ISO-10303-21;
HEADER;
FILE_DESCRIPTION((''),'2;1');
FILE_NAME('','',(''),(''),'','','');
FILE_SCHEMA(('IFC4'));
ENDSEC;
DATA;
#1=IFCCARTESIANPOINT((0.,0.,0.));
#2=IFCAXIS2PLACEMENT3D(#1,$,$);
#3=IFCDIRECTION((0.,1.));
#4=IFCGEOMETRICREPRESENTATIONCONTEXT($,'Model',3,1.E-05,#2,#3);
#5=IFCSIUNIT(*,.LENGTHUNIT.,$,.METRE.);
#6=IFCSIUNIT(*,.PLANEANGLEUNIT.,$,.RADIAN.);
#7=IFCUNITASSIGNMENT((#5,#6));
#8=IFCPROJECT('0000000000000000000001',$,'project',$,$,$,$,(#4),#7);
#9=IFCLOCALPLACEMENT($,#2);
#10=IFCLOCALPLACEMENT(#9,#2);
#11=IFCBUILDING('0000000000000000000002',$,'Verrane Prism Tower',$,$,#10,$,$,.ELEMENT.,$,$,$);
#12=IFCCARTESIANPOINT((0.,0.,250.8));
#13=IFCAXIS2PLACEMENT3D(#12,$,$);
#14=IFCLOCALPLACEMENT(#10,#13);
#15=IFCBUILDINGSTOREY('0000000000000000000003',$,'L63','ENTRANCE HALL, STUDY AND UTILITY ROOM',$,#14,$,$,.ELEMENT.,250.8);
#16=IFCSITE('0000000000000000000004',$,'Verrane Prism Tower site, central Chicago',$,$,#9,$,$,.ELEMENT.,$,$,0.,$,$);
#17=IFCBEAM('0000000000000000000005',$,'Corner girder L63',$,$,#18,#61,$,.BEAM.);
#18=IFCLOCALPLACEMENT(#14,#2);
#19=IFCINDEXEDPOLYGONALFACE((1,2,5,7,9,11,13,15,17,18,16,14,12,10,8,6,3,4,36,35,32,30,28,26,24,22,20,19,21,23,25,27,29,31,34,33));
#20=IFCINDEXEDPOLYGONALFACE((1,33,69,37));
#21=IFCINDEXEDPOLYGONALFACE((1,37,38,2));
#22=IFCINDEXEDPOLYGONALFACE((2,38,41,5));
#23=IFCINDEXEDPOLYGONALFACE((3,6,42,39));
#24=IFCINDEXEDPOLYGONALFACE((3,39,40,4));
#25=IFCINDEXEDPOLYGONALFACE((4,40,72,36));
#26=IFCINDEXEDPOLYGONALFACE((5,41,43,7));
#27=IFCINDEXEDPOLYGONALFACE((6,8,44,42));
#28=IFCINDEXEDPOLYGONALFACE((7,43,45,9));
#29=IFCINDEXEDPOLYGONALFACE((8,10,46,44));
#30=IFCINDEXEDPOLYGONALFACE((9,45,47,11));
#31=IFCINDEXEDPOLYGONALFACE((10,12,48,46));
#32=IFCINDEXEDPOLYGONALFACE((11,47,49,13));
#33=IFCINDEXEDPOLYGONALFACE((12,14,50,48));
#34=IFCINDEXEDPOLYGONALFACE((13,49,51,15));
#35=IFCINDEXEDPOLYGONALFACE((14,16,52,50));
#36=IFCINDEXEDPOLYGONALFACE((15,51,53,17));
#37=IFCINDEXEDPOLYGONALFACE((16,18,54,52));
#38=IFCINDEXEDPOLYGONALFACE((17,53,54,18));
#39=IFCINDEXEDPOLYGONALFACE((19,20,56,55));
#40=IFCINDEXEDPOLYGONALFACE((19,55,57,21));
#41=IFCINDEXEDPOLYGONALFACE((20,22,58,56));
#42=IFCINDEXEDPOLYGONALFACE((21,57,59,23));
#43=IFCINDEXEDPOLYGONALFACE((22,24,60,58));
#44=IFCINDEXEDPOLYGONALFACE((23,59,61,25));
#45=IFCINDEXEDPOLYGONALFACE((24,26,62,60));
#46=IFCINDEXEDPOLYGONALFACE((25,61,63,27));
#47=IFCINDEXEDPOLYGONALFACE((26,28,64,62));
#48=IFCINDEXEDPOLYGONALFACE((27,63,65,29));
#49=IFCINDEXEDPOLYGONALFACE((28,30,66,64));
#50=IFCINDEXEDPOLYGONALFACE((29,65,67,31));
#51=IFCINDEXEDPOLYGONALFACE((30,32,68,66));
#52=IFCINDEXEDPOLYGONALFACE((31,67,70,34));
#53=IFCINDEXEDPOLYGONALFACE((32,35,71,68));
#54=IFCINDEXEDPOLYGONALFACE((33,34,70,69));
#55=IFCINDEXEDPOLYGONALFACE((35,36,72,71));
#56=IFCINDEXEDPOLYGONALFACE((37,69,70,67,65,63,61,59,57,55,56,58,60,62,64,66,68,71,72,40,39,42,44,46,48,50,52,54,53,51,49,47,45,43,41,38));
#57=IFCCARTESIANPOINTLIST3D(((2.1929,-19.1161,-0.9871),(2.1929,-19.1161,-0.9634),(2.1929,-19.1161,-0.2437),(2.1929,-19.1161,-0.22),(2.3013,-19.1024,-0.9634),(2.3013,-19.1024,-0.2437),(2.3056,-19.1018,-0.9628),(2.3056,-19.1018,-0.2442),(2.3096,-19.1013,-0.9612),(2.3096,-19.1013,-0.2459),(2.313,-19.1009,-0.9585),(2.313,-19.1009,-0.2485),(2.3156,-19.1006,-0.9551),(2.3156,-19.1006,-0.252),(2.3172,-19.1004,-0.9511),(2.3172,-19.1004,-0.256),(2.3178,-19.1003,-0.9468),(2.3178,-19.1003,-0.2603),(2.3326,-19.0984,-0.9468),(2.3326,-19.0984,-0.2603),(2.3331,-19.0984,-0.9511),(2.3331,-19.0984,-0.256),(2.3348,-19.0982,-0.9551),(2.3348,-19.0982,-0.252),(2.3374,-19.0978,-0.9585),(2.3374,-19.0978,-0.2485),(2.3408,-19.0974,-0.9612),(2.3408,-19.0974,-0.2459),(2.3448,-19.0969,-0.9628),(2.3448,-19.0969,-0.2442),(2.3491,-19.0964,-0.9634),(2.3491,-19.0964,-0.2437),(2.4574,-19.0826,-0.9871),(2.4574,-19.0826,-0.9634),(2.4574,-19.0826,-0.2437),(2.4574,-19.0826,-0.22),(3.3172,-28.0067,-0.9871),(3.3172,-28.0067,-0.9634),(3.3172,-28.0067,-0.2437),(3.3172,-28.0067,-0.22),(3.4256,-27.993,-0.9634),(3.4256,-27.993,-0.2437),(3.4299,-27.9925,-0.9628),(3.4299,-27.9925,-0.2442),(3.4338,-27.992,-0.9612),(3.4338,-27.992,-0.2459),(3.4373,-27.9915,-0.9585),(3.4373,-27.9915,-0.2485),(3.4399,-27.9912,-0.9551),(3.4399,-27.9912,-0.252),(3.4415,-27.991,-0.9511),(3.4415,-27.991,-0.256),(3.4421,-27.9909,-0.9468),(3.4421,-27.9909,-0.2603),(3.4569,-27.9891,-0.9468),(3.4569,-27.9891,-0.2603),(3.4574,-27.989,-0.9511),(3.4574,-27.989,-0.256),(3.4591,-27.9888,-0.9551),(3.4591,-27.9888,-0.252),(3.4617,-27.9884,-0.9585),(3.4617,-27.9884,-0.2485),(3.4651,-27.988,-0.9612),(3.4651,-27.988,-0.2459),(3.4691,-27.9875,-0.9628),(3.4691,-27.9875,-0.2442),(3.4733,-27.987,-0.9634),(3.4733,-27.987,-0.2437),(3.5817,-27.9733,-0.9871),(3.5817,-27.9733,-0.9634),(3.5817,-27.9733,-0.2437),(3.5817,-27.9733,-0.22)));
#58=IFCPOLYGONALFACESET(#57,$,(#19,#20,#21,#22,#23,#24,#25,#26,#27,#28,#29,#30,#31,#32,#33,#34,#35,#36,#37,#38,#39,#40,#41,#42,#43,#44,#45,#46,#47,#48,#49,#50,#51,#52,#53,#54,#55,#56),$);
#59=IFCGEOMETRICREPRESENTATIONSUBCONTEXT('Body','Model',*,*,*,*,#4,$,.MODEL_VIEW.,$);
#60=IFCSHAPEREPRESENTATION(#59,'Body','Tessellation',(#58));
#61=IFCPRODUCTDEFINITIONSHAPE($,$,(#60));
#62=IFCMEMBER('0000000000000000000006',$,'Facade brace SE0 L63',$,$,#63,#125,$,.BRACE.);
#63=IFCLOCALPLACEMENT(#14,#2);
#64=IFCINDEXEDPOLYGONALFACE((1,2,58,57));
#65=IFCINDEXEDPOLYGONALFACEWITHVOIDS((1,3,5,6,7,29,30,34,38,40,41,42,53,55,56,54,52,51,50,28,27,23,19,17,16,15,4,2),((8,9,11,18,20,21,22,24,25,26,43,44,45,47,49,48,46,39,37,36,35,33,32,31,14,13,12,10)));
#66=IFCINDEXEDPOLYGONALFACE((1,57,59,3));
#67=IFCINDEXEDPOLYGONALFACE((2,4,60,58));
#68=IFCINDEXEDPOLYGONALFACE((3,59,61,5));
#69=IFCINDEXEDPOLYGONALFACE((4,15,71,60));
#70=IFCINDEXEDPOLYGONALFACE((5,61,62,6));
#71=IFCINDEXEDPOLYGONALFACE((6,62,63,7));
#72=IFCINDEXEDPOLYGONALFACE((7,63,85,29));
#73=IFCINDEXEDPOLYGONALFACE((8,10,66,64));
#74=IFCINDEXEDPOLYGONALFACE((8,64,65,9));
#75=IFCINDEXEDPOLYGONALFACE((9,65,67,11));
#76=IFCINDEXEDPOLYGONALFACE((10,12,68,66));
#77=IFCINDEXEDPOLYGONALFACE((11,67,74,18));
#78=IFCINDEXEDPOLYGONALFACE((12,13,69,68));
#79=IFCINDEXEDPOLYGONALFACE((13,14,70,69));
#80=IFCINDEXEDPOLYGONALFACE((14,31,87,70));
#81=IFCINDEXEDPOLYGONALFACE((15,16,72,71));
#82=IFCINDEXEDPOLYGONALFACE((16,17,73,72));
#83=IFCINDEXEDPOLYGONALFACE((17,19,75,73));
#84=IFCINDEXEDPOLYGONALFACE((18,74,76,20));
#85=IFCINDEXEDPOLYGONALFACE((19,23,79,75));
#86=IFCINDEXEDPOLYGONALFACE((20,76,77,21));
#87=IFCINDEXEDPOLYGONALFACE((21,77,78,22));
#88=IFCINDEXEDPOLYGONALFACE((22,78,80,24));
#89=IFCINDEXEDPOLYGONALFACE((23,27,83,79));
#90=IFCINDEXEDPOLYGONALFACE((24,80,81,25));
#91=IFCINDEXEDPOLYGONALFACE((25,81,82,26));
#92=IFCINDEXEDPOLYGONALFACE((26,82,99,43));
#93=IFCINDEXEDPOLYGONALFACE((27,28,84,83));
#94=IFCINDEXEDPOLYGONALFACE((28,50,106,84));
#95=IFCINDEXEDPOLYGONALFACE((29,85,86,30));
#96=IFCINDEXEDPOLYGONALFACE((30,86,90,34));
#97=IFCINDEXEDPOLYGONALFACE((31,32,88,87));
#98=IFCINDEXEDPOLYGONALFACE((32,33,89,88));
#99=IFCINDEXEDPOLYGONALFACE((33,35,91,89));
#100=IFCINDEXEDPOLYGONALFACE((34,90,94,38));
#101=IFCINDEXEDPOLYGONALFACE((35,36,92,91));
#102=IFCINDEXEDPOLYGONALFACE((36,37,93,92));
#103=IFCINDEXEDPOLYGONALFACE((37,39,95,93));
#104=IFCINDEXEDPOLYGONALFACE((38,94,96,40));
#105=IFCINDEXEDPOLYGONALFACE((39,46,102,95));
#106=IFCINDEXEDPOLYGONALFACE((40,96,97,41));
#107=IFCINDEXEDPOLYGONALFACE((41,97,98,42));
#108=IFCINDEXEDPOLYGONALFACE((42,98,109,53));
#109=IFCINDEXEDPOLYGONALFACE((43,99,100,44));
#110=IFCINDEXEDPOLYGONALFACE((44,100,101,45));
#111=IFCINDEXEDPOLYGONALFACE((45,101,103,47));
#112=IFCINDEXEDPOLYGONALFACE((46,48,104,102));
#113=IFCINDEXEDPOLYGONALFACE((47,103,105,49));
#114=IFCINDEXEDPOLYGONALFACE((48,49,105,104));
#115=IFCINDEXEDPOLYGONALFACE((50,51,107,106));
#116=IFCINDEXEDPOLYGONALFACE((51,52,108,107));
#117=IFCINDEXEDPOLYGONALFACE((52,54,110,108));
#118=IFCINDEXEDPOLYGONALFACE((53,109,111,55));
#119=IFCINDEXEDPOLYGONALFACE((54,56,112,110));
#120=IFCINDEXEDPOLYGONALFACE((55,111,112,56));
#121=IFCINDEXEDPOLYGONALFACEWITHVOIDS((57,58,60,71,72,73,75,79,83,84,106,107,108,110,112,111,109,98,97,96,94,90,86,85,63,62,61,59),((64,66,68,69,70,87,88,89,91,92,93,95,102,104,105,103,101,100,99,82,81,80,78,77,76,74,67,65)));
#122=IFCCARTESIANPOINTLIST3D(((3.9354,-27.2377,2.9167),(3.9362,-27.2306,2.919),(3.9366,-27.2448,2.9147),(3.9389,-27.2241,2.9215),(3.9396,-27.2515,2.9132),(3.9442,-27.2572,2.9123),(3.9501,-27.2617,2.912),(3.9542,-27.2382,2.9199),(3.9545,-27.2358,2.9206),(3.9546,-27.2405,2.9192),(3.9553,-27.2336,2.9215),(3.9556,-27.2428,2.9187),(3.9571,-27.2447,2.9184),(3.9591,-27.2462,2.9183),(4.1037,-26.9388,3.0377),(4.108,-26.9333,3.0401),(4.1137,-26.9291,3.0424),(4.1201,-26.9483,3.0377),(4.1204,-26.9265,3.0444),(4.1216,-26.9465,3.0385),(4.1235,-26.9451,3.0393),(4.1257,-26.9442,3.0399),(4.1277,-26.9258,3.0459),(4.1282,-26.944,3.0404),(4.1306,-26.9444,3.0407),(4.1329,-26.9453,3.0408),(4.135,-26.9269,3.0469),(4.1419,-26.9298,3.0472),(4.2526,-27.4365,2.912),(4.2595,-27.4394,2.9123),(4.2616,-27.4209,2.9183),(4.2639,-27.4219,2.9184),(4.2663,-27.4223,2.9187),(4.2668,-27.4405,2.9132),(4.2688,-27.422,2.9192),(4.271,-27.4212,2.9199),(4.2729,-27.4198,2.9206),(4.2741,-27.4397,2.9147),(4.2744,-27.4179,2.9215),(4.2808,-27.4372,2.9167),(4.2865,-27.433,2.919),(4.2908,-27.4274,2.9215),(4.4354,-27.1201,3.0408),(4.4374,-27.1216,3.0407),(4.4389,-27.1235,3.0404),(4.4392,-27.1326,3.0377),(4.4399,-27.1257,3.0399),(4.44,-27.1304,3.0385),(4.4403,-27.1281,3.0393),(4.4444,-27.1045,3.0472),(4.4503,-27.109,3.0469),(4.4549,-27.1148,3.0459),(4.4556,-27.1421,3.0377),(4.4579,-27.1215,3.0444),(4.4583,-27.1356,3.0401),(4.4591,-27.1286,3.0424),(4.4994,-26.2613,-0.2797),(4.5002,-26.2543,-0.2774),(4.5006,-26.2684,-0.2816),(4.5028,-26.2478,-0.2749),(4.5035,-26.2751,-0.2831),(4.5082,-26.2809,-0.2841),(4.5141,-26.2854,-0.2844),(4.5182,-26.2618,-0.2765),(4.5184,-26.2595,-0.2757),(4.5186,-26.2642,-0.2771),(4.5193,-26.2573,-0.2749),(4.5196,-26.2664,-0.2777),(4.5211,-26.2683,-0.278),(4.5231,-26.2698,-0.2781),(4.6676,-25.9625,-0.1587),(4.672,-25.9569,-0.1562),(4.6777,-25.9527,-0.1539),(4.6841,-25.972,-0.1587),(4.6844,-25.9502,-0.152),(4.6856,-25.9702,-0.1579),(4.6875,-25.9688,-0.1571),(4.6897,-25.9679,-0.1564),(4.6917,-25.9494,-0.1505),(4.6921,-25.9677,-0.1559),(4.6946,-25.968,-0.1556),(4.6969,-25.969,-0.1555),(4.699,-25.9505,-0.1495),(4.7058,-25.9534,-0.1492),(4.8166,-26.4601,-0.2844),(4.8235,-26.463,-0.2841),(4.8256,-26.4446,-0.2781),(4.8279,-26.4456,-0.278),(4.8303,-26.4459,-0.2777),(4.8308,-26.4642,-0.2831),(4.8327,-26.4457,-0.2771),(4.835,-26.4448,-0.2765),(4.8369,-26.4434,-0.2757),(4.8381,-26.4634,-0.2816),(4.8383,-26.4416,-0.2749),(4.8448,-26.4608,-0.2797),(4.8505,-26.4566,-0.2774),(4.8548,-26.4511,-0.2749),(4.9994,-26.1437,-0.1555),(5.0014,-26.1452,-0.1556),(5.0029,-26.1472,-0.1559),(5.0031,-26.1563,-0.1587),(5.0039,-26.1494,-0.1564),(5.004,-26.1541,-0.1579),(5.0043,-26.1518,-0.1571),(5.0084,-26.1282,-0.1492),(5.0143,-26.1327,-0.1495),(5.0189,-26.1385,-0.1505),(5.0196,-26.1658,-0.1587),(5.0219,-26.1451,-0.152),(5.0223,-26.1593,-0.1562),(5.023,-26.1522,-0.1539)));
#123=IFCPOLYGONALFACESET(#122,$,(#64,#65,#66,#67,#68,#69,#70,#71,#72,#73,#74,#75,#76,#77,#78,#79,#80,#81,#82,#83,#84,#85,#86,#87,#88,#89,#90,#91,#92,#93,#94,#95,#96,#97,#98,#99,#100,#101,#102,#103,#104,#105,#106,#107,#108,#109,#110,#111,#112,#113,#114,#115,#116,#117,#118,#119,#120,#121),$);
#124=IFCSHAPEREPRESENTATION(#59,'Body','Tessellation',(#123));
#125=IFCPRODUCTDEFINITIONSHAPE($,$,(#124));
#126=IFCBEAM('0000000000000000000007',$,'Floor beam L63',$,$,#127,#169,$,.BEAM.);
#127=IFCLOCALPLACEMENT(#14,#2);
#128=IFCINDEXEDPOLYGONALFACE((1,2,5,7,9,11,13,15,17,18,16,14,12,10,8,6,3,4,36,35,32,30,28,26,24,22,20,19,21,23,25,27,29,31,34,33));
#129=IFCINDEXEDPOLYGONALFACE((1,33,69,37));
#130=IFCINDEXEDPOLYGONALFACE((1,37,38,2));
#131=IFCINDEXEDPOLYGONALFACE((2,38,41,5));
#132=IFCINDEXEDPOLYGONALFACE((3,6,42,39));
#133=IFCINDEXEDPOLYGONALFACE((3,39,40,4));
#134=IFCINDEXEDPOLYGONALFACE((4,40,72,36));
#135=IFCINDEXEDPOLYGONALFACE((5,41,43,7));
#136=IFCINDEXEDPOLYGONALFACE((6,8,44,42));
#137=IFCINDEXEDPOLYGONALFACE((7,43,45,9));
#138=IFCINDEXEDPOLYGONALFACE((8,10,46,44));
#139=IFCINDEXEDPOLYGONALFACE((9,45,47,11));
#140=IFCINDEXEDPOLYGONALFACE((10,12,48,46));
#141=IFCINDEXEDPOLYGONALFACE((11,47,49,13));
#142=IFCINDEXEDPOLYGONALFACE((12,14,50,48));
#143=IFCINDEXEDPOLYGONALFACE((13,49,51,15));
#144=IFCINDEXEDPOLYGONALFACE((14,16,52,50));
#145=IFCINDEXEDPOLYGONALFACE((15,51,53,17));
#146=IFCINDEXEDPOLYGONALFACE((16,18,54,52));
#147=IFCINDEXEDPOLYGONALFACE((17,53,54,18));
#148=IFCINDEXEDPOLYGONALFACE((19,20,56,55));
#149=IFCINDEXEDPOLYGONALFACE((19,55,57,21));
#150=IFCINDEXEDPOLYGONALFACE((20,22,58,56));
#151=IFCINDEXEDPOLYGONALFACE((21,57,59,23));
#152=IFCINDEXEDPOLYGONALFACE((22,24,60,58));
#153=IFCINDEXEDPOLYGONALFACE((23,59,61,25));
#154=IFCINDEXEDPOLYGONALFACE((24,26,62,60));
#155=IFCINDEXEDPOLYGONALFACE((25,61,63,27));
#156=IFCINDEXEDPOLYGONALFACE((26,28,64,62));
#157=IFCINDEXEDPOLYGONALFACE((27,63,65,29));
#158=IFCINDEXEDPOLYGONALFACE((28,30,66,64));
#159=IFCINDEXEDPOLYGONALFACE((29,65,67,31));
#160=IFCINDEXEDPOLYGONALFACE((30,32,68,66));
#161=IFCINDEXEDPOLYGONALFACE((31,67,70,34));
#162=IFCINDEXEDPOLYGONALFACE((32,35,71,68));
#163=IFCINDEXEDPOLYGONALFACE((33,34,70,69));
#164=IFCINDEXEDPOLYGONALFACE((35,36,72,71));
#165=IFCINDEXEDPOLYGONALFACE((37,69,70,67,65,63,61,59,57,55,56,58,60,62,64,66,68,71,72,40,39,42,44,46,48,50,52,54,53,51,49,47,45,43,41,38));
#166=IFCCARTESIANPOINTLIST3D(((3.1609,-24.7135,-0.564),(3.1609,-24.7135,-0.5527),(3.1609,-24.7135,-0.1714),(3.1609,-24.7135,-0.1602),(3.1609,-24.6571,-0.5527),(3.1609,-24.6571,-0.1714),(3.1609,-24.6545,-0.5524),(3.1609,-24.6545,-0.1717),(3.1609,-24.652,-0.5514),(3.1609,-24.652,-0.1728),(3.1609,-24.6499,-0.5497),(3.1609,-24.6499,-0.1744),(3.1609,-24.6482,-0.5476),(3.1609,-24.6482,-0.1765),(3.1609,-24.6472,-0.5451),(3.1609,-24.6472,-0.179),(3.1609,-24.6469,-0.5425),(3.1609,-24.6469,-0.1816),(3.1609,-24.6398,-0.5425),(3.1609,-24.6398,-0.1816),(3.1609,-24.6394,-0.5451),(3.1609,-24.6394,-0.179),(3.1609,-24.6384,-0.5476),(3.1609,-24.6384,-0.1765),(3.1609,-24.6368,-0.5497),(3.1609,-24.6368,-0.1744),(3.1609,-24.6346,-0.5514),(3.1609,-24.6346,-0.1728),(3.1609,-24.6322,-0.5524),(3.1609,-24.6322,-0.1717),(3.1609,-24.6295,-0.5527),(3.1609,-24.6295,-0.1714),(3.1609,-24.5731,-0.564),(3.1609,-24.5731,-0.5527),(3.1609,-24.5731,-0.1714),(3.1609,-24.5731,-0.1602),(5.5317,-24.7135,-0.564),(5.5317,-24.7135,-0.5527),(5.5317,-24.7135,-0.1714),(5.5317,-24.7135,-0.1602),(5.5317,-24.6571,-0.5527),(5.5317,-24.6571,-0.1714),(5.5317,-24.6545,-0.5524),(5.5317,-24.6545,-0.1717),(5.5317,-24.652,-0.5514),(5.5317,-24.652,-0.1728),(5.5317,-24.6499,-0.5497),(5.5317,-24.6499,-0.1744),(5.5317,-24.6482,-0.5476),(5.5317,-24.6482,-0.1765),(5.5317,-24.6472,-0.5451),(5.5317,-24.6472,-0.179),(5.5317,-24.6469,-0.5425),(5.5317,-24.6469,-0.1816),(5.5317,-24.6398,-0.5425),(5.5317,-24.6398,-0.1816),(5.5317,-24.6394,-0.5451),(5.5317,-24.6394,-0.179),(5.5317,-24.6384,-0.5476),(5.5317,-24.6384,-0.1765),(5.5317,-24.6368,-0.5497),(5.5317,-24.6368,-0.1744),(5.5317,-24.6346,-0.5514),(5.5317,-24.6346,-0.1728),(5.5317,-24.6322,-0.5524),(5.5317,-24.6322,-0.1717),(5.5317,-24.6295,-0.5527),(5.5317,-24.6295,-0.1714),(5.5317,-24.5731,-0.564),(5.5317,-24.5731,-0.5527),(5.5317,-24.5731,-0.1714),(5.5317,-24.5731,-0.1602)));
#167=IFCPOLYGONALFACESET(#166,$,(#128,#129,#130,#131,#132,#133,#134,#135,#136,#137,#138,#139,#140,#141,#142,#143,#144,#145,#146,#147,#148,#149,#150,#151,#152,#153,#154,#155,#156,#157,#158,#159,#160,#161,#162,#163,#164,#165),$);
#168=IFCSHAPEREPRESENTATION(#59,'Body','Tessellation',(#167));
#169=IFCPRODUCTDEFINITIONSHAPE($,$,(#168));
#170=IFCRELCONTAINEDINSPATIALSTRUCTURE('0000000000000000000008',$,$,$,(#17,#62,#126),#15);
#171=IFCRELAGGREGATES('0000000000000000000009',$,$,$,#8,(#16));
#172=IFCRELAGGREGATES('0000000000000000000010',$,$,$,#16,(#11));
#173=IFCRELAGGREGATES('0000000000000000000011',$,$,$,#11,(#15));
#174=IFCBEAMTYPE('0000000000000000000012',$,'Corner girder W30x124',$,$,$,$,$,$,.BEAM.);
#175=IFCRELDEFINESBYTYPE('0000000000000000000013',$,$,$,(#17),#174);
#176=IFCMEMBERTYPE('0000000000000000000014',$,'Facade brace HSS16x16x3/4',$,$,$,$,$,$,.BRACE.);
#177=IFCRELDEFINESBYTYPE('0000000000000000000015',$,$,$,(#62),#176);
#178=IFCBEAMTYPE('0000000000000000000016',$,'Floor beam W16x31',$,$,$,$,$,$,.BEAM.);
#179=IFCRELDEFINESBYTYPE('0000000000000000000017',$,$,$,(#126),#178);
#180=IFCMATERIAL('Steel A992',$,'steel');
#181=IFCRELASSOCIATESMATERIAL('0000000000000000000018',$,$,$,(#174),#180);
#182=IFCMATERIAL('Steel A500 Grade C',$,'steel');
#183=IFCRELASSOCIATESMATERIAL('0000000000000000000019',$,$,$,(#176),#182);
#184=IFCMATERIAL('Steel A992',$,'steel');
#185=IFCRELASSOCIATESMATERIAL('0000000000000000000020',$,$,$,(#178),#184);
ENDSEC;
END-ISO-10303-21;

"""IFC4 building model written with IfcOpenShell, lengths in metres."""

from ifc_helpers import new_model, si_unit, direction, frame, origin, origin_2d, place, context, subcontext, project, spatial, hollow_rectangle, i_section, extrude, material, material_profile, profile_set, type_object, element, save


model = new_model("IFC4")

# Units and contexts
model_context = context("Model", 3, precision=1e-05, world=origin(), true_north=direction((0.0, 1.0)))
body_context = subcontext(model_context, "Body", "Model", "MODEL_VIEW")
ifc_project = project(units=[si_unit("LENGTHUNIT", "METRE"), si_unit("PLANEANGLEUNIT", "RADIAN")], contexts=[model_context])

# Site, building, storey
site_placement = place(None, origin())
site = spatial("IfcSite", under=ifc_project, at=site_placement, Name="Verrane Prism Tower site, central Chicago", CompositionType="ELEMENT", RefElevation=0.0)
building_placement = place(site_placement, origin())
building = spatial("IfcBuilding", under=site, at=building_placement, Name="Verrane Prism Tower", CompositionType="ELEMENT")
storey_placement = place(building_placement, frame((0.0, 0.0, 250.8)))
storey = spatial("IfcBuildingStorey", under=building, at=storey_placement, Name="L63", Description="ENTRANCE HALL, STUDY AND UTILITY ROOM", CompositionType="ELEMENT", Elevation=250.8)

# Beam
ifc_material_1 = material(Name="Steel A992", Category="steel")
ifc_material_profile_1 = material_profile(ifc_material_1, i_section(OverallWidth=0.2666, OverallDepth=0.7671, WebThickness=0.0149, FlangeThickness=0.0237, FilletRadius=0.0166, at=origin_2d()), Name="W30x124")
ifc_profile_set_1 = profile_set([ifc_material_profile_1], Name="Steel A992")
beam_type_1 = type_object("IfcBeamType", Name="Corner girder W30x124", PredefinedType="BEAM", material=ifc_profile_set_1)
beam_1_placement = place(storey_placement, frame((3.4495, -27.99, -0.6035), z_axis=(-0.125456, 0.992099, 0.0), x_axis=(-0.992099, -0.125456, 0.0)))
element("IfcBeam", 1, at=beam_1_placement, inside=storey, type_object=beam_type_1, Name="Corner girder L63", PredefinedType="BEAM", context=body_context, shape_type="SweptSolid", body=[
    extrude(i_section(OverallWidth=0.2666, OverallDepth=0.7671, WebThickness=0.0149, FlangeThickness=0.0237, FilletRadius=0.0166, at=origin_2d()), origin(), (0.0, 0.0, 1.0), 8.9614),
])

# Member
ifc_material_2 = material(Name="Steel A500 Grade C", Category="steel")
ifc_material_profile_2 = material_profile(ifc_material_2, hollow_rectangle(XDim=0.4065, YDim=0.4065, WallThickness=0.019, InnerFilletRadius=0.0095, OuterFilletRadius=0.0286, at=origin_2d()), Name="HSS16x16x3/4")
ifc_profile_set_2 = profile_set([ifc_material_profile_2], Name="Steel A500 Grade C")
member_type_1 = type_object("IfcMemberType", Name="Facade brace HSS16x16x3/4", PredefinedType="BRACE", material=ifc_profile_set_2)
member_1_placement = place(storey_placement, frame((4.7612, -26.2068, -0.2168), z_axis=(-0.166394, -0.288057, 0.943046), x_axis=(0.865915, -0.500191, 0.0)))
element("IfcMember", 2, at=member_1_placement, inside=storey, type_object=member_type_1, Name="Facade brace SE0 L63", PredefinedType="BRACE", context=body_context, shape_type="SweptSolid", body=[
    extrude(hollow_rectangle(XDim=0.4065, YDim=0.4065, WallThickness=0.019, InnerFilletRadius=0.0095, OuterFilletRadius=0.0286, at=origin_2d()), origin(), (0.0, 0.0, 1.0), 3.3894),
])

# Beam
ifc_material_3 = material(Name="Steel A992", Category="steel")
ifc_material_profile_3 = material_profile(ifc_material_3, i_section(OverallWidth=0.1404, OverallDepth=0.4038, WebThickness=0.0071, FlangeThickness=0.0112, FilletRadius=0.0103, at=origin_2d()), Name="W16x31")
ifc_profile_set_3 = profile_set([ifc_material_profile_3], Name="Steel A992")
beam_type_2 = type_object("IfcBeamType", Name="Floor beam W16x31", PredefinedType="BEAM", material=ifc_profile_set_3)
beam_2_placement = place(storey_placement, frame((3.1609, -24.6433, -0.3621), z_axis=(1.0, 0.0, 0.0), x_axis=(0.0, 1.0, 0.0)))
element("IfcBeam", 3, at=beam_2_placement, inside=storey, type_object=beam_type_2, Name="Floor beam L63", PredefinedType="BEAM", context=body_context, shape_type="SweptSolid", body=[
    extrude(i_section(OverallWidth=0.1404, OverallDepth=0.4038, WebThickness=0.0071, FlangeThickness=0.0112, FilletRadius=0.0103, at=origin_2d()), origin(), (0.0, 0.0, 1.0), 2.3708),
])

save(model, "model.ifc")
